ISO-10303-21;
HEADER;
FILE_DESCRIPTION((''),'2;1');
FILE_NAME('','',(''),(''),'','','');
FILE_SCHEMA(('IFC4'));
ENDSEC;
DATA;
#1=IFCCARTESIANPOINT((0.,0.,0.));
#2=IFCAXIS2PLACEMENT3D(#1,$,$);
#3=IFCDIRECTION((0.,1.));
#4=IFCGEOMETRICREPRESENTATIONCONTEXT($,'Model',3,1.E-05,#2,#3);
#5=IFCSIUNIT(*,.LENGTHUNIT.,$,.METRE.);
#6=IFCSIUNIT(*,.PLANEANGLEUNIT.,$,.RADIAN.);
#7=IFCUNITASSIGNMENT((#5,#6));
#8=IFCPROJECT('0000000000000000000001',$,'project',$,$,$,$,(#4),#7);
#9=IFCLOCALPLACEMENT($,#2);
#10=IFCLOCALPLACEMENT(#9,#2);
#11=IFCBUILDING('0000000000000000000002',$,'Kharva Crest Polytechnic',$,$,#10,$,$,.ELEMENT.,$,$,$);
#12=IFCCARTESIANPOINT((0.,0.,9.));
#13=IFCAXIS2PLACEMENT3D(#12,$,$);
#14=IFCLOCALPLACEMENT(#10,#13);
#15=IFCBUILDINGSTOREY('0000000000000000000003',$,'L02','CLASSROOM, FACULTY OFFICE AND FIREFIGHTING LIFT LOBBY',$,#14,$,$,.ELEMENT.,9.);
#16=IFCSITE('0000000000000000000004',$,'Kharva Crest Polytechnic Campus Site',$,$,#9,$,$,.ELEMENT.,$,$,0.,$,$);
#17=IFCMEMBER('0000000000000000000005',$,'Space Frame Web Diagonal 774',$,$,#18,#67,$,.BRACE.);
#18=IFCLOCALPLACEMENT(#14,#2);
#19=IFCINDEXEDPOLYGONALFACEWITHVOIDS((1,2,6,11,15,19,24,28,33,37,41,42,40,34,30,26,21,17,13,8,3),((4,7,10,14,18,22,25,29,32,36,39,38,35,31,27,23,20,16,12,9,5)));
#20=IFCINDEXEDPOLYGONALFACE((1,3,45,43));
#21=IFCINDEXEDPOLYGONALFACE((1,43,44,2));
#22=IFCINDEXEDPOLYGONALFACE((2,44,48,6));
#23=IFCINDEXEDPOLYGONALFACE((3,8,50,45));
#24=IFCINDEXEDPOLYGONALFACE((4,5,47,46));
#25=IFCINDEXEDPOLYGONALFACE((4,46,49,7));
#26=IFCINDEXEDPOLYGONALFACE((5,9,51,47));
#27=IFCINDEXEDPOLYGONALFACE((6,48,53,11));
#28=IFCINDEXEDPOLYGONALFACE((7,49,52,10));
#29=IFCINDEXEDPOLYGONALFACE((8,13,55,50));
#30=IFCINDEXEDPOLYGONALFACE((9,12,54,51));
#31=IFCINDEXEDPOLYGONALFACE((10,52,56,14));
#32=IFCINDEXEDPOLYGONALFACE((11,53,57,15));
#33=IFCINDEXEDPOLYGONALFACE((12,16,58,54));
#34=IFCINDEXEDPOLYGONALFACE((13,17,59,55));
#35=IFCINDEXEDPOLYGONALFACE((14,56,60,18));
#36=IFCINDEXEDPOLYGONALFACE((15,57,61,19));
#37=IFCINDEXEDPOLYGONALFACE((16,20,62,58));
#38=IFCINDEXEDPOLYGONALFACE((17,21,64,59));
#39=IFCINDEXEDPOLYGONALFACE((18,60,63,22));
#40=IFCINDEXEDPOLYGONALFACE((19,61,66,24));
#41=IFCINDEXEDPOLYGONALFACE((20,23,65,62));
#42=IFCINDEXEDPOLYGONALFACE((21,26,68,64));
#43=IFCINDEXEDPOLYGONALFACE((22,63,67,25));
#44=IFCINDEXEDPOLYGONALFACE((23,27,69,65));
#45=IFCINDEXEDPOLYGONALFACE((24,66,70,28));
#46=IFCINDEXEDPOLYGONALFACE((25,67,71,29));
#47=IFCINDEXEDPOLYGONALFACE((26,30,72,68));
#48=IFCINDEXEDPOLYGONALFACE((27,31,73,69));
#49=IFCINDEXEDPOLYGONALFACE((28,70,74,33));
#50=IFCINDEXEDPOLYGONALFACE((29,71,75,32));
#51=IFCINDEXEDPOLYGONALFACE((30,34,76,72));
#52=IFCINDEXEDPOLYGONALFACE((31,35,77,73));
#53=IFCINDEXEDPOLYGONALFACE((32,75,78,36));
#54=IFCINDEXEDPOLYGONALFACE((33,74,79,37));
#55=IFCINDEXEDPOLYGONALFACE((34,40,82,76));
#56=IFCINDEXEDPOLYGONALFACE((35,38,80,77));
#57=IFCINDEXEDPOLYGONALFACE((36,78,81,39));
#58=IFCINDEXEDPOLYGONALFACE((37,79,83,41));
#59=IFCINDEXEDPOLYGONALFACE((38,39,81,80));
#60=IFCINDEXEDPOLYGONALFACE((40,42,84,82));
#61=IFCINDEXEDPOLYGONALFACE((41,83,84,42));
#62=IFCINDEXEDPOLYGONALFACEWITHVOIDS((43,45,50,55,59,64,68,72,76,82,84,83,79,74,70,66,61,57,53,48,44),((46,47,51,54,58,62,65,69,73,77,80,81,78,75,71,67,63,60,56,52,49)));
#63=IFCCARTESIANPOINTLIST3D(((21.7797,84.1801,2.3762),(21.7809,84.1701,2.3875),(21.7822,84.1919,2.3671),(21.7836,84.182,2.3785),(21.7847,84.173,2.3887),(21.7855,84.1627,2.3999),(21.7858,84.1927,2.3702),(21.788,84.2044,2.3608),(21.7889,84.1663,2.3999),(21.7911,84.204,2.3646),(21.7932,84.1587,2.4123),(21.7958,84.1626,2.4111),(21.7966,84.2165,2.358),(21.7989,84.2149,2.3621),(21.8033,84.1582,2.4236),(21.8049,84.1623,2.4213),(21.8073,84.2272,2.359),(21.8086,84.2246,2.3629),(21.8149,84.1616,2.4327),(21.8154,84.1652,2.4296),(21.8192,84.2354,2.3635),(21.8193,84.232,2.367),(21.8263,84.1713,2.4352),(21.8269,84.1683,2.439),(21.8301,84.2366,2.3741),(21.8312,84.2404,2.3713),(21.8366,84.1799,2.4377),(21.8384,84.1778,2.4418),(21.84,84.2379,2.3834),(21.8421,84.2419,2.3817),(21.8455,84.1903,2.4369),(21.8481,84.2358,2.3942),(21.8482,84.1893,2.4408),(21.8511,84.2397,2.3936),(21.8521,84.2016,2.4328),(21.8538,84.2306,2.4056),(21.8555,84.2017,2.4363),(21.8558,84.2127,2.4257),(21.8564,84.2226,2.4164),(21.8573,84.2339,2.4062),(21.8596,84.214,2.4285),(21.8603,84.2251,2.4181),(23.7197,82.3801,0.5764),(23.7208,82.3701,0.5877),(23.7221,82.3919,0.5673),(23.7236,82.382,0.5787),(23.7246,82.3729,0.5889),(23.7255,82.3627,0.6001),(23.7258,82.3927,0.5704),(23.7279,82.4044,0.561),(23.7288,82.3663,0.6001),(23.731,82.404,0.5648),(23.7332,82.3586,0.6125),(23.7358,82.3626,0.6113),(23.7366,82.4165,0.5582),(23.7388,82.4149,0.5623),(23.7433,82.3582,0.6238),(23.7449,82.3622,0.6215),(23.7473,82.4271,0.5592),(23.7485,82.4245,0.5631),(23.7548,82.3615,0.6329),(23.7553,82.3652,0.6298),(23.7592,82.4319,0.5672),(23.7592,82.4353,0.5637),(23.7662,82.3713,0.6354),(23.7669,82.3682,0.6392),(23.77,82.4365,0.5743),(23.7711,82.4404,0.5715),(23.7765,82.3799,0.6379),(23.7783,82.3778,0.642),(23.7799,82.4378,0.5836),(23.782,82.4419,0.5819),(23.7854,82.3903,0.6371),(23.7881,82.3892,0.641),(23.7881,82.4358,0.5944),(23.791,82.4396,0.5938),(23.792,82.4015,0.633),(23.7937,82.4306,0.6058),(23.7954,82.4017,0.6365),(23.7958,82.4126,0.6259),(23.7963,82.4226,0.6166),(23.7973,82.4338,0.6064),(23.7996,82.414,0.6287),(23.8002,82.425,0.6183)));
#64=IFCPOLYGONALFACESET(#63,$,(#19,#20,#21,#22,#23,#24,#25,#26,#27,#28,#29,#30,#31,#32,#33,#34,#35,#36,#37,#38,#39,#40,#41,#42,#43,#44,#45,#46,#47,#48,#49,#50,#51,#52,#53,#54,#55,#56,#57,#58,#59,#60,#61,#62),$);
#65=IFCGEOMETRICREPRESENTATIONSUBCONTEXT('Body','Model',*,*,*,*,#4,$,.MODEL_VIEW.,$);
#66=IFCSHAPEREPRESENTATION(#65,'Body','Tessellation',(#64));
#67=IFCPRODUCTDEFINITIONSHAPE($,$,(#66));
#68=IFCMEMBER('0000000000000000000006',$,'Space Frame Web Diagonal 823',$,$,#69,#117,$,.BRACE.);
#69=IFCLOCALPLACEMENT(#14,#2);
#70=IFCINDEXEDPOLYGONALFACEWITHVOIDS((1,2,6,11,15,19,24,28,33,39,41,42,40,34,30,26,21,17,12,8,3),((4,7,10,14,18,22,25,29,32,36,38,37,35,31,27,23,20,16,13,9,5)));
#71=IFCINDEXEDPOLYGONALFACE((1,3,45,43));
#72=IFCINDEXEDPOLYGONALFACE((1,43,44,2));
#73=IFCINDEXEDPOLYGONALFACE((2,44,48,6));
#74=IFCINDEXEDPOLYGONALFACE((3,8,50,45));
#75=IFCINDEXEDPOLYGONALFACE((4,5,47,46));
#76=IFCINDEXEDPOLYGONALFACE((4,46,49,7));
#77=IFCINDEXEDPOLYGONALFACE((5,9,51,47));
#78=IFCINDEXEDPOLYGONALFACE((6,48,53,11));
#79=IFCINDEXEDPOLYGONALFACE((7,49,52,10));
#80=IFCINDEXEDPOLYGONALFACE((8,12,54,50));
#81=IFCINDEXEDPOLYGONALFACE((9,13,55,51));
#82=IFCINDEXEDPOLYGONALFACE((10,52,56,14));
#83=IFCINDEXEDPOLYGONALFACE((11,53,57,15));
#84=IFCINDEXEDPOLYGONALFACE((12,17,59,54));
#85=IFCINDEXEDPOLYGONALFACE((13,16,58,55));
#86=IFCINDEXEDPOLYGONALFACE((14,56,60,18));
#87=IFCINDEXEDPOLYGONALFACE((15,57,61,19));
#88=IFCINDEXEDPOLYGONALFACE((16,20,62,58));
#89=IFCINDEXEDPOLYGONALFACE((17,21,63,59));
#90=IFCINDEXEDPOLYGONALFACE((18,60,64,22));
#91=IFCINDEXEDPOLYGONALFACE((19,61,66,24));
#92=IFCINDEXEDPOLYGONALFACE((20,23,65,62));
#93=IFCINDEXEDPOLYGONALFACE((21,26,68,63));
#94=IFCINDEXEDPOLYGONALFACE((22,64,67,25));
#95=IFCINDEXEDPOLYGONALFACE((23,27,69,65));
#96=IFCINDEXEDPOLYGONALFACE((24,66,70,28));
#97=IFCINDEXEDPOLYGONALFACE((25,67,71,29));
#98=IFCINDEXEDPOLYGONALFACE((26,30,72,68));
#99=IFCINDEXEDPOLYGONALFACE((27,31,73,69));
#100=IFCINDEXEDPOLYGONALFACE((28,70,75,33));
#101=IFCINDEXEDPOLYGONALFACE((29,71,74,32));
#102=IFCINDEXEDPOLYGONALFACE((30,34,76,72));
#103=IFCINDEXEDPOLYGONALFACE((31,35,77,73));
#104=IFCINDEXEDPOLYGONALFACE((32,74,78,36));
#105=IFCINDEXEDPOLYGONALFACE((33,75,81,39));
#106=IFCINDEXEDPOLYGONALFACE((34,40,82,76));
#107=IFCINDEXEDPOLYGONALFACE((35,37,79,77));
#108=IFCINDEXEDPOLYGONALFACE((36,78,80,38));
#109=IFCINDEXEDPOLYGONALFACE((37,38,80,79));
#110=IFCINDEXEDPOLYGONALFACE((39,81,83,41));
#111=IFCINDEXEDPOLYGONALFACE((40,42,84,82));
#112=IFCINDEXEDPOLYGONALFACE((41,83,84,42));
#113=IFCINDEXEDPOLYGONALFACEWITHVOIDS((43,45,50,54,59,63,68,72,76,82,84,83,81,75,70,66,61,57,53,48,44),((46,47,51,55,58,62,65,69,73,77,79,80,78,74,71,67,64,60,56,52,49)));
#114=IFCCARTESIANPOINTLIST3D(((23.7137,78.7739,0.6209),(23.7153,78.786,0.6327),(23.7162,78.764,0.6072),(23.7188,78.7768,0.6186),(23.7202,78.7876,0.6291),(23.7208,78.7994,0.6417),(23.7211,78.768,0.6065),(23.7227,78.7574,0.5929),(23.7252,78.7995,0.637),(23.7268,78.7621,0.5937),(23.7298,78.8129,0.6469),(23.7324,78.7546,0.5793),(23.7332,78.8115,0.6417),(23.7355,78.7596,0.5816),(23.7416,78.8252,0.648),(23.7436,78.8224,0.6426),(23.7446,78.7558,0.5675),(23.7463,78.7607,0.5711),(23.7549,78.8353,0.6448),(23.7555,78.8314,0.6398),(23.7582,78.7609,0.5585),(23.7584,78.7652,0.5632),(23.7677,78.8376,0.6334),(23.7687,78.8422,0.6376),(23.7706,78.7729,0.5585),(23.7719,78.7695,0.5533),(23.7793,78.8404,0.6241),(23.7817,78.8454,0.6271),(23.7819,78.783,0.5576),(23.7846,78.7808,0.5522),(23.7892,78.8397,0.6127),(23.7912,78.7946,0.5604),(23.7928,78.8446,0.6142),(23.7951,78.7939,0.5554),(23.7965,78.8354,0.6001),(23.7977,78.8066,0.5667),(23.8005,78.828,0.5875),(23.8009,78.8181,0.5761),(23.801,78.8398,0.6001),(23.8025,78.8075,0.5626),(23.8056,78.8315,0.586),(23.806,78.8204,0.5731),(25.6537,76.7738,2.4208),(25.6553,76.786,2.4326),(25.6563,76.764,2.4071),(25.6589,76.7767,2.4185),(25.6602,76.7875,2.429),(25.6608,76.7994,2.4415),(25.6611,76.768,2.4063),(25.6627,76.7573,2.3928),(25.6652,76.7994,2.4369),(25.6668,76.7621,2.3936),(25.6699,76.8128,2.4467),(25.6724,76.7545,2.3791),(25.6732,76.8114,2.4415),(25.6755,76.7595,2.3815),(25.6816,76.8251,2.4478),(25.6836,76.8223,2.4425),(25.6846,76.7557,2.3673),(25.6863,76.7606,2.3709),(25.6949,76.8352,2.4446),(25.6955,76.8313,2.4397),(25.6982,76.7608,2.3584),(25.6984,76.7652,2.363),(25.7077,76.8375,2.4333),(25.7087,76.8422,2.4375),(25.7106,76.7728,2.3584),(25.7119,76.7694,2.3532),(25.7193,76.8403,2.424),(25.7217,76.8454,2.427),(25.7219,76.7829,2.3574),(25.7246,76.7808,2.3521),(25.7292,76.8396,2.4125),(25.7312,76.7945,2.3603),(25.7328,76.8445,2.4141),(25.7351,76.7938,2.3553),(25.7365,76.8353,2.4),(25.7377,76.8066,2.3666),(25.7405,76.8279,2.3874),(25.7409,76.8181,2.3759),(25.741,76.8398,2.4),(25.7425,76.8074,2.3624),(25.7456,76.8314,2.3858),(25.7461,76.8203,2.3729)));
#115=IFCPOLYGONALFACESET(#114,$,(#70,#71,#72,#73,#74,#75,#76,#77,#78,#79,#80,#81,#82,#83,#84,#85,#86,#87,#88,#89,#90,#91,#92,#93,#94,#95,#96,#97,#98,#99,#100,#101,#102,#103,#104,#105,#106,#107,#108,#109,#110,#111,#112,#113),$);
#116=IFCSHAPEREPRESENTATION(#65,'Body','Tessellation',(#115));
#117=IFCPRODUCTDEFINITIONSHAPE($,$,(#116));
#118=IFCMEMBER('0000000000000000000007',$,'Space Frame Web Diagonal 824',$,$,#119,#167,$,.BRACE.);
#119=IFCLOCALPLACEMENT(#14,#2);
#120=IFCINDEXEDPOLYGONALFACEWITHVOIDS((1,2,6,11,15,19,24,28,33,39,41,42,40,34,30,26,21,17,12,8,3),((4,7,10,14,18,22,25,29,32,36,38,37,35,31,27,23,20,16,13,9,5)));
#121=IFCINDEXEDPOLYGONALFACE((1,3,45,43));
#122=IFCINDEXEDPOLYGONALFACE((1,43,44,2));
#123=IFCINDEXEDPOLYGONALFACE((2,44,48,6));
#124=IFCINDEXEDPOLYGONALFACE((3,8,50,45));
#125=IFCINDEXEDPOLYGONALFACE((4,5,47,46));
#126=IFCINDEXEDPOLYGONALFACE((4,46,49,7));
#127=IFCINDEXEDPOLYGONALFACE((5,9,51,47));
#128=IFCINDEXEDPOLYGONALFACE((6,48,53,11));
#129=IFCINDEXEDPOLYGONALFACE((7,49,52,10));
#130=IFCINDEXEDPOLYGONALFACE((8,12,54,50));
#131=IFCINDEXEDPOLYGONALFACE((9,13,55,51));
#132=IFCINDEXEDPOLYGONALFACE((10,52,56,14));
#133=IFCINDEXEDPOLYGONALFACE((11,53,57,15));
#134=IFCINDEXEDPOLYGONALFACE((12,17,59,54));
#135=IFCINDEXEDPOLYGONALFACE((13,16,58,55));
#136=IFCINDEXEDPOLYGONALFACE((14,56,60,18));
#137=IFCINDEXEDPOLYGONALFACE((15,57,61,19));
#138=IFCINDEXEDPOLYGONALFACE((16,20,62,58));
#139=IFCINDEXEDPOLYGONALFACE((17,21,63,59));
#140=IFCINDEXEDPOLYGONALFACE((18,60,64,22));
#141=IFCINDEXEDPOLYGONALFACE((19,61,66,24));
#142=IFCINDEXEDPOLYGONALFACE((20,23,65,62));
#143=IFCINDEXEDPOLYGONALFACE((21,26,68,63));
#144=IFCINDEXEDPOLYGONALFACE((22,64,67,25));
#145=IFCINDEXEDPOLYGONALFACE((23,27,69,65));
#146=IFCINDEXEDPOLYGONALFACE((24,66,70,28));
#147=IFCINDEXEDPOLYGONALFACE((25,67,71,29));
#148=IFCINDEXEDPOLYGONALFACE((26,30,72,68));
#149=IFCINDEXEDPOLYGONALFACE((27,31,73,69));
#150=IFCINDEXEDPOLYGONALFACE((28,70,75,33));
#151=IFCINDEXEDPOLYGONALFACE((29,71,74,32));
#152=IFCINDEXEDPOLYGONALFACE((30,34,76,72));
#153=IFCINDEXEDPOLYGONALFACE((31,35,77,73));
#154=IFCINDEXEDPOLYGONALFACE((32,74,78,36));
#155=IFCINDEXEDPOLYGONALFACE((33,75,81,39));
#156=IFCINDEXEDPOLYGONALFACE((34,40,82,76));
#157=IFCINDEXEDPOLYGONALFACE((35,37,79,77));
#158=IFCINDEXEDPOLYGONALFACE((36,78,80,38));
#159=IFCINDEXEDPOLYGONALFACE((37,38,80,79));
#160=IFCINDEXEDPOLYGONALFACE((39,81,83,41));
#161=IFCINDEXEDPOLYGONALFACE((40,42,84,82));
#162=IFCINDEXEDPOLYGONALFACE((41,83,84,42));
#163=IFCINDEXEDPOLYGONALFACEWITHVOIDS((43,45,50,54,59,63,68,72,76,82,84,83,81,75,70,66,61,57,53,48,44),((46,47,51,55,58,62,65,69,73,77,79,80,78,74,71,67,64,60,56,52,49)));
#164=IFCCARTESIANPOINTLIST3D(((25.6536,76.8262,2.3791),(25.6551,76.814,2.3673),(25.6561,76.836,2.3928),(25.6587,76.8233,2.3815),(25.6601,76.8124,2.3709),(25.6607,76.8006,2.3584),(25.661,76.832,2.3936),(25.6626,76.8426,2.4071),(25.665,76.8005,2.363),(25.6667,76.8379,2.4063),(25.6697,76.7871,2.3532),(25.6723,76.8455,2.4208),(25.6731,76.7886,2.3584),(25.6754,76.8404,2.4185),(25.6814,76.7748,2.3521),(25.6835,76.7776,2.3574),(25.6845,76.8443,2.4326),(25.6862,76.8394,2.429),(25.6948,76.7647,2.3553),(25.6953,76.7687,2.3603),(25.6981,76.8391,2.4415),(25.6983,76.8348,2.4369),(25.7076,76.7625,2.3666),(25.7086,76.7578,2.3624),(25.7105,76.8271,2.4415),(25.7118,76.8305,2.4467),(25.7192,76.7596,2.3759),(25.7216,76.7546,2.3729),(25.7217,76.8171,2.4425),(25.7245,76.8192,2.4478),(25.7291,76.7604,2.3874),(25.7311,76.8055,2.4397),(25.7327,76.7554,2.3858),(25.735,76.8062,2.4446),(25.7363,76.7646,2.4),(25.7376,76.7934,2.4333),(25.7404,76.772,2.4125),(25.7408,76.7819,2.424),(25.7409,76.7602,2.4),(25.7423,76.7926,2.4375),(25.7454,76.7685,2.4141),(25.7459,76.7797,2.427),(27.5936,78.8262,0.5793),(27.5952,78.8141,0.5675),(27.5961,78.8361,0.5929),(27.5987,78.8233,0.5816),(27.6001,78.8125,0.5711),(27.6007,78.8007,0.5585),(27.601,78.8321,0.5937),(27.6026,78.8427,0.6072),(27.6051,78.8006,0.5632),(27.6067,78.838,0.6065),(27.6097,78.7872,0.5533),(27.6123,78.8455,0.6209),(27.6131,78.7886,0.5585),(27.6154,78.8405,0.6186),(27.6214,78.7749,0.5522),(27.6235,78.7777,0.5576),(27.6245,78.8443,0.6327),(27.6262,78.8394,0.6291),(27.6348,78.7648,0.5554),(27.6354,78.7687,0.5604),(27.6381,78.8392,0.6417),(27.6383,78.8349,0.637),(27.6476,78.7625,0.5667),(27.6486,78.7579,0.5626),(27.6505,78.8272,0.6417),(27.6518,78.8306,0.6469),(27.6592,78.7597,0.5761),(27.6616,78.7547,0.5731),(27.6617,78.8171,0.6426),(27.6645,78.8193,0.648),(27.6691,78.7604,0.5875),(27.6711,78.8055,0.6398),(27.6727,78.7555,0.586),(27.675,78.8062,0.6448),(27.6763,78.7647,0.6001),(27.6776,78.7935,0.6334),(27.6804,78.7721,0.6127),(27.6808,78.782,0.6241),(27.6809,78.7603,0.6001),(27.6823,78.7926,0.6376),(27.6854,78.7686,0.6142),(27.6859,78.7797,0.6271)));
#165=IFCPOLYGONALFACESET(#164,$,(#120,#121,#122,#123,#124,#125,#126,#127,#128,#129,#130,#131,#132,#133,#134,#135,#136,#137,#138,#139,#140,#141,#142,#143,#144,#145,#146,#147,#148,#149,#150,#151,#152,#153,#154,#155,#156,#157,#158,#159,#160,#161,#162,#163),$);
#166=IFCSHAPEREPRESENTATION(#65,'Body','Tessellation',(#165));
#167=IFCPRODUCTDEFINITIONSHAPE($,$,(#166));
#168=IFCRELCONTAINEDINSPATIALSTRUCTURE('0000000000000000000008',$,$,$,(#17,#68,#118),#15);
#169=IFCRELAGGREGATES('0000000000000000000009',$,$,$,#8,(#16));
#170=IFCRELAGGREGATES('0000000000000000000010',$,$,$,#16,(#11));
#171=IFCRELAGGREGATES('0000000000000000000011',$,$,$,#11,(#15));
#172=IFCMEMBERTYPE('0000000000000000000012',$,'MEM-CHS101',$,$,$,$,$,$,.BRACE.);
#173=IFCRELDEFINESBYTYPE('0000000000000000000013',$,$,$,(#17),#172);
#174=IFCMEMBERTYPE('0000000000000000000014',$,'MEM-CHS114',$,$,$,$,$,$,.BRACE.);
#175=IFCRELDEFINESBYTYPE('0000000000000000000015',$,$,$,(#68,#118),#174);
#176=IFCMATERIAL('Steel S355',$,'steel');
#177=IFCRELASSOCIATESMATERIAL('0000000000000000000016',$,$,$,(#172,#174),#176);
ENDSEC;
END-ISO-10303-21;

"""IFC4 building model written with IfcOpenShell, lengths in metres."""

from ifc_helpers import new_model, si_unit, direction, frame, origin, origin_2d, place, context, subcontext, project, spatial, hollow_circle, extrude, material, material_profile, profile_set, type_object, element, save


model = new_model("IFC4")

# Units and contexts
model_context = context("Model", 3, precision=1e-05, world=origin(), true_north=direction((0.0, 1.0)))
body_context = subcontext(model_context, "Body", "Model", "MODEL_VIEW")
ifc_project = project(units=[si_unit("LENGTHUNIT", "METRE"), si_unit("PLANEANGLEUNIT", "RADIAN")], contexts=[model_context])

# Site, building, storey
site_placement = place(None, origin())
site = spatial("IfcSite", under=ifc_project, at=site_placement, Name="Kharva Crest Polytechnic Campus Site", CompositionType="ELEMENT", RefElevation=0.0)
building_placement = place(site_placement, origin())
building = spatial("IfcBuilding", under=site, at=building_placement, Name="Kharva Crest Polytechnic", CompositionType="ELEMENT")
storey_placement = place(building_placement, frame((0.0, 0.0, 9.0)))
storey = spatial("IfcBuildingStorey", under=building, at=storey_placement, Name="L02", Description="CLASSROOM, FACULTY OFFICE AND FIREFIGHTING LIFT LOBBY", CompositionType="ELEMENT", Elevation=9.0)

# Shared definitions
ifc_material_1 = material(Name="Steel S355", Category="steel")

# Members
ifc_material_profile_1 = material_profile(ifc_material_1, hollow_circle(Radius=0.0508, WallThickness=0.0049, at=origin_2d()), Name="CHS 101.6X5.0")
ifc_profile_set_1 = profile_set([ifc_material_profile_1], Name="Steel S355")
member_type_1 = type_object("IfcMemberType", Name="MEM-CHS101", PredefinedType="BRACE", material=ifc_profile_set_1)
member_1_placement = place(storey_placement, frame((23.76, 82.3999, 0.6001), z_axis=(-0.606147, 0.562437, 0.562361), x_axis=(-0.680182, -0.733043, 0.0)))
element("IfcMember", 1, at=member_1_placement, inside=storey, type_object=member_type_1, Name="Space Frame Web Diagonal 774", PredefinedType="BRACE", context=body_context, shape_type="SweptSolid", body=[
    extrude(hollow_circle(Radius=0.0508, WallThickness=0.0049, at=origin_2d()), origin(), (0.0, 0.0, 1.0), 3.2004),
])
ifc_material_profile_2 = material_profile(ifc_material_1, hollow_circle(Radius=0.0571, WallThickness=0.0063, at=origin_2d()), Name="CHS 114.3X6.3")
ifc_profile_set_2 = profile_set([ifc_material_profile_2], Name="Steel S355")
member_type_2 = type_object("IfcMemberType", Name="MEM-CHS114", PredefinedType="BRACE", material=ifc_profile_set_2)
for number, where, z_axis, x_axis, name in (
    (2, (23.76, 78.8, 0.6001), (0.584843, -0.60295, 0.542596), (0.717802, 0.696247, 0.0), "Space Frame Web Diagonal 823"),
    (3, (27.6399, 78.8, 0.6001), (-0.584843, -0.60295, 0.542596), (0.717802, -0.696247, 0.0), "Space Frame Web Diagonal 824"),
):
    element("IfcMember", number, at=place(storey_placement, frame(where, z_axis=z_axis, x_axis=x_axis)), inside=storey, type_object=member_type_2, Name=name, PredefinedType="BRACE", context=body_context, shape_type="SweptSolid", body=[
        extrude(hollow_circle(Radius=0.0571, WallThickness=0.0063, at=origin_2d()), origin(), (0.0, 0.0, 1.0), 3.3171),
    ])

save(model, "model.ifc")
